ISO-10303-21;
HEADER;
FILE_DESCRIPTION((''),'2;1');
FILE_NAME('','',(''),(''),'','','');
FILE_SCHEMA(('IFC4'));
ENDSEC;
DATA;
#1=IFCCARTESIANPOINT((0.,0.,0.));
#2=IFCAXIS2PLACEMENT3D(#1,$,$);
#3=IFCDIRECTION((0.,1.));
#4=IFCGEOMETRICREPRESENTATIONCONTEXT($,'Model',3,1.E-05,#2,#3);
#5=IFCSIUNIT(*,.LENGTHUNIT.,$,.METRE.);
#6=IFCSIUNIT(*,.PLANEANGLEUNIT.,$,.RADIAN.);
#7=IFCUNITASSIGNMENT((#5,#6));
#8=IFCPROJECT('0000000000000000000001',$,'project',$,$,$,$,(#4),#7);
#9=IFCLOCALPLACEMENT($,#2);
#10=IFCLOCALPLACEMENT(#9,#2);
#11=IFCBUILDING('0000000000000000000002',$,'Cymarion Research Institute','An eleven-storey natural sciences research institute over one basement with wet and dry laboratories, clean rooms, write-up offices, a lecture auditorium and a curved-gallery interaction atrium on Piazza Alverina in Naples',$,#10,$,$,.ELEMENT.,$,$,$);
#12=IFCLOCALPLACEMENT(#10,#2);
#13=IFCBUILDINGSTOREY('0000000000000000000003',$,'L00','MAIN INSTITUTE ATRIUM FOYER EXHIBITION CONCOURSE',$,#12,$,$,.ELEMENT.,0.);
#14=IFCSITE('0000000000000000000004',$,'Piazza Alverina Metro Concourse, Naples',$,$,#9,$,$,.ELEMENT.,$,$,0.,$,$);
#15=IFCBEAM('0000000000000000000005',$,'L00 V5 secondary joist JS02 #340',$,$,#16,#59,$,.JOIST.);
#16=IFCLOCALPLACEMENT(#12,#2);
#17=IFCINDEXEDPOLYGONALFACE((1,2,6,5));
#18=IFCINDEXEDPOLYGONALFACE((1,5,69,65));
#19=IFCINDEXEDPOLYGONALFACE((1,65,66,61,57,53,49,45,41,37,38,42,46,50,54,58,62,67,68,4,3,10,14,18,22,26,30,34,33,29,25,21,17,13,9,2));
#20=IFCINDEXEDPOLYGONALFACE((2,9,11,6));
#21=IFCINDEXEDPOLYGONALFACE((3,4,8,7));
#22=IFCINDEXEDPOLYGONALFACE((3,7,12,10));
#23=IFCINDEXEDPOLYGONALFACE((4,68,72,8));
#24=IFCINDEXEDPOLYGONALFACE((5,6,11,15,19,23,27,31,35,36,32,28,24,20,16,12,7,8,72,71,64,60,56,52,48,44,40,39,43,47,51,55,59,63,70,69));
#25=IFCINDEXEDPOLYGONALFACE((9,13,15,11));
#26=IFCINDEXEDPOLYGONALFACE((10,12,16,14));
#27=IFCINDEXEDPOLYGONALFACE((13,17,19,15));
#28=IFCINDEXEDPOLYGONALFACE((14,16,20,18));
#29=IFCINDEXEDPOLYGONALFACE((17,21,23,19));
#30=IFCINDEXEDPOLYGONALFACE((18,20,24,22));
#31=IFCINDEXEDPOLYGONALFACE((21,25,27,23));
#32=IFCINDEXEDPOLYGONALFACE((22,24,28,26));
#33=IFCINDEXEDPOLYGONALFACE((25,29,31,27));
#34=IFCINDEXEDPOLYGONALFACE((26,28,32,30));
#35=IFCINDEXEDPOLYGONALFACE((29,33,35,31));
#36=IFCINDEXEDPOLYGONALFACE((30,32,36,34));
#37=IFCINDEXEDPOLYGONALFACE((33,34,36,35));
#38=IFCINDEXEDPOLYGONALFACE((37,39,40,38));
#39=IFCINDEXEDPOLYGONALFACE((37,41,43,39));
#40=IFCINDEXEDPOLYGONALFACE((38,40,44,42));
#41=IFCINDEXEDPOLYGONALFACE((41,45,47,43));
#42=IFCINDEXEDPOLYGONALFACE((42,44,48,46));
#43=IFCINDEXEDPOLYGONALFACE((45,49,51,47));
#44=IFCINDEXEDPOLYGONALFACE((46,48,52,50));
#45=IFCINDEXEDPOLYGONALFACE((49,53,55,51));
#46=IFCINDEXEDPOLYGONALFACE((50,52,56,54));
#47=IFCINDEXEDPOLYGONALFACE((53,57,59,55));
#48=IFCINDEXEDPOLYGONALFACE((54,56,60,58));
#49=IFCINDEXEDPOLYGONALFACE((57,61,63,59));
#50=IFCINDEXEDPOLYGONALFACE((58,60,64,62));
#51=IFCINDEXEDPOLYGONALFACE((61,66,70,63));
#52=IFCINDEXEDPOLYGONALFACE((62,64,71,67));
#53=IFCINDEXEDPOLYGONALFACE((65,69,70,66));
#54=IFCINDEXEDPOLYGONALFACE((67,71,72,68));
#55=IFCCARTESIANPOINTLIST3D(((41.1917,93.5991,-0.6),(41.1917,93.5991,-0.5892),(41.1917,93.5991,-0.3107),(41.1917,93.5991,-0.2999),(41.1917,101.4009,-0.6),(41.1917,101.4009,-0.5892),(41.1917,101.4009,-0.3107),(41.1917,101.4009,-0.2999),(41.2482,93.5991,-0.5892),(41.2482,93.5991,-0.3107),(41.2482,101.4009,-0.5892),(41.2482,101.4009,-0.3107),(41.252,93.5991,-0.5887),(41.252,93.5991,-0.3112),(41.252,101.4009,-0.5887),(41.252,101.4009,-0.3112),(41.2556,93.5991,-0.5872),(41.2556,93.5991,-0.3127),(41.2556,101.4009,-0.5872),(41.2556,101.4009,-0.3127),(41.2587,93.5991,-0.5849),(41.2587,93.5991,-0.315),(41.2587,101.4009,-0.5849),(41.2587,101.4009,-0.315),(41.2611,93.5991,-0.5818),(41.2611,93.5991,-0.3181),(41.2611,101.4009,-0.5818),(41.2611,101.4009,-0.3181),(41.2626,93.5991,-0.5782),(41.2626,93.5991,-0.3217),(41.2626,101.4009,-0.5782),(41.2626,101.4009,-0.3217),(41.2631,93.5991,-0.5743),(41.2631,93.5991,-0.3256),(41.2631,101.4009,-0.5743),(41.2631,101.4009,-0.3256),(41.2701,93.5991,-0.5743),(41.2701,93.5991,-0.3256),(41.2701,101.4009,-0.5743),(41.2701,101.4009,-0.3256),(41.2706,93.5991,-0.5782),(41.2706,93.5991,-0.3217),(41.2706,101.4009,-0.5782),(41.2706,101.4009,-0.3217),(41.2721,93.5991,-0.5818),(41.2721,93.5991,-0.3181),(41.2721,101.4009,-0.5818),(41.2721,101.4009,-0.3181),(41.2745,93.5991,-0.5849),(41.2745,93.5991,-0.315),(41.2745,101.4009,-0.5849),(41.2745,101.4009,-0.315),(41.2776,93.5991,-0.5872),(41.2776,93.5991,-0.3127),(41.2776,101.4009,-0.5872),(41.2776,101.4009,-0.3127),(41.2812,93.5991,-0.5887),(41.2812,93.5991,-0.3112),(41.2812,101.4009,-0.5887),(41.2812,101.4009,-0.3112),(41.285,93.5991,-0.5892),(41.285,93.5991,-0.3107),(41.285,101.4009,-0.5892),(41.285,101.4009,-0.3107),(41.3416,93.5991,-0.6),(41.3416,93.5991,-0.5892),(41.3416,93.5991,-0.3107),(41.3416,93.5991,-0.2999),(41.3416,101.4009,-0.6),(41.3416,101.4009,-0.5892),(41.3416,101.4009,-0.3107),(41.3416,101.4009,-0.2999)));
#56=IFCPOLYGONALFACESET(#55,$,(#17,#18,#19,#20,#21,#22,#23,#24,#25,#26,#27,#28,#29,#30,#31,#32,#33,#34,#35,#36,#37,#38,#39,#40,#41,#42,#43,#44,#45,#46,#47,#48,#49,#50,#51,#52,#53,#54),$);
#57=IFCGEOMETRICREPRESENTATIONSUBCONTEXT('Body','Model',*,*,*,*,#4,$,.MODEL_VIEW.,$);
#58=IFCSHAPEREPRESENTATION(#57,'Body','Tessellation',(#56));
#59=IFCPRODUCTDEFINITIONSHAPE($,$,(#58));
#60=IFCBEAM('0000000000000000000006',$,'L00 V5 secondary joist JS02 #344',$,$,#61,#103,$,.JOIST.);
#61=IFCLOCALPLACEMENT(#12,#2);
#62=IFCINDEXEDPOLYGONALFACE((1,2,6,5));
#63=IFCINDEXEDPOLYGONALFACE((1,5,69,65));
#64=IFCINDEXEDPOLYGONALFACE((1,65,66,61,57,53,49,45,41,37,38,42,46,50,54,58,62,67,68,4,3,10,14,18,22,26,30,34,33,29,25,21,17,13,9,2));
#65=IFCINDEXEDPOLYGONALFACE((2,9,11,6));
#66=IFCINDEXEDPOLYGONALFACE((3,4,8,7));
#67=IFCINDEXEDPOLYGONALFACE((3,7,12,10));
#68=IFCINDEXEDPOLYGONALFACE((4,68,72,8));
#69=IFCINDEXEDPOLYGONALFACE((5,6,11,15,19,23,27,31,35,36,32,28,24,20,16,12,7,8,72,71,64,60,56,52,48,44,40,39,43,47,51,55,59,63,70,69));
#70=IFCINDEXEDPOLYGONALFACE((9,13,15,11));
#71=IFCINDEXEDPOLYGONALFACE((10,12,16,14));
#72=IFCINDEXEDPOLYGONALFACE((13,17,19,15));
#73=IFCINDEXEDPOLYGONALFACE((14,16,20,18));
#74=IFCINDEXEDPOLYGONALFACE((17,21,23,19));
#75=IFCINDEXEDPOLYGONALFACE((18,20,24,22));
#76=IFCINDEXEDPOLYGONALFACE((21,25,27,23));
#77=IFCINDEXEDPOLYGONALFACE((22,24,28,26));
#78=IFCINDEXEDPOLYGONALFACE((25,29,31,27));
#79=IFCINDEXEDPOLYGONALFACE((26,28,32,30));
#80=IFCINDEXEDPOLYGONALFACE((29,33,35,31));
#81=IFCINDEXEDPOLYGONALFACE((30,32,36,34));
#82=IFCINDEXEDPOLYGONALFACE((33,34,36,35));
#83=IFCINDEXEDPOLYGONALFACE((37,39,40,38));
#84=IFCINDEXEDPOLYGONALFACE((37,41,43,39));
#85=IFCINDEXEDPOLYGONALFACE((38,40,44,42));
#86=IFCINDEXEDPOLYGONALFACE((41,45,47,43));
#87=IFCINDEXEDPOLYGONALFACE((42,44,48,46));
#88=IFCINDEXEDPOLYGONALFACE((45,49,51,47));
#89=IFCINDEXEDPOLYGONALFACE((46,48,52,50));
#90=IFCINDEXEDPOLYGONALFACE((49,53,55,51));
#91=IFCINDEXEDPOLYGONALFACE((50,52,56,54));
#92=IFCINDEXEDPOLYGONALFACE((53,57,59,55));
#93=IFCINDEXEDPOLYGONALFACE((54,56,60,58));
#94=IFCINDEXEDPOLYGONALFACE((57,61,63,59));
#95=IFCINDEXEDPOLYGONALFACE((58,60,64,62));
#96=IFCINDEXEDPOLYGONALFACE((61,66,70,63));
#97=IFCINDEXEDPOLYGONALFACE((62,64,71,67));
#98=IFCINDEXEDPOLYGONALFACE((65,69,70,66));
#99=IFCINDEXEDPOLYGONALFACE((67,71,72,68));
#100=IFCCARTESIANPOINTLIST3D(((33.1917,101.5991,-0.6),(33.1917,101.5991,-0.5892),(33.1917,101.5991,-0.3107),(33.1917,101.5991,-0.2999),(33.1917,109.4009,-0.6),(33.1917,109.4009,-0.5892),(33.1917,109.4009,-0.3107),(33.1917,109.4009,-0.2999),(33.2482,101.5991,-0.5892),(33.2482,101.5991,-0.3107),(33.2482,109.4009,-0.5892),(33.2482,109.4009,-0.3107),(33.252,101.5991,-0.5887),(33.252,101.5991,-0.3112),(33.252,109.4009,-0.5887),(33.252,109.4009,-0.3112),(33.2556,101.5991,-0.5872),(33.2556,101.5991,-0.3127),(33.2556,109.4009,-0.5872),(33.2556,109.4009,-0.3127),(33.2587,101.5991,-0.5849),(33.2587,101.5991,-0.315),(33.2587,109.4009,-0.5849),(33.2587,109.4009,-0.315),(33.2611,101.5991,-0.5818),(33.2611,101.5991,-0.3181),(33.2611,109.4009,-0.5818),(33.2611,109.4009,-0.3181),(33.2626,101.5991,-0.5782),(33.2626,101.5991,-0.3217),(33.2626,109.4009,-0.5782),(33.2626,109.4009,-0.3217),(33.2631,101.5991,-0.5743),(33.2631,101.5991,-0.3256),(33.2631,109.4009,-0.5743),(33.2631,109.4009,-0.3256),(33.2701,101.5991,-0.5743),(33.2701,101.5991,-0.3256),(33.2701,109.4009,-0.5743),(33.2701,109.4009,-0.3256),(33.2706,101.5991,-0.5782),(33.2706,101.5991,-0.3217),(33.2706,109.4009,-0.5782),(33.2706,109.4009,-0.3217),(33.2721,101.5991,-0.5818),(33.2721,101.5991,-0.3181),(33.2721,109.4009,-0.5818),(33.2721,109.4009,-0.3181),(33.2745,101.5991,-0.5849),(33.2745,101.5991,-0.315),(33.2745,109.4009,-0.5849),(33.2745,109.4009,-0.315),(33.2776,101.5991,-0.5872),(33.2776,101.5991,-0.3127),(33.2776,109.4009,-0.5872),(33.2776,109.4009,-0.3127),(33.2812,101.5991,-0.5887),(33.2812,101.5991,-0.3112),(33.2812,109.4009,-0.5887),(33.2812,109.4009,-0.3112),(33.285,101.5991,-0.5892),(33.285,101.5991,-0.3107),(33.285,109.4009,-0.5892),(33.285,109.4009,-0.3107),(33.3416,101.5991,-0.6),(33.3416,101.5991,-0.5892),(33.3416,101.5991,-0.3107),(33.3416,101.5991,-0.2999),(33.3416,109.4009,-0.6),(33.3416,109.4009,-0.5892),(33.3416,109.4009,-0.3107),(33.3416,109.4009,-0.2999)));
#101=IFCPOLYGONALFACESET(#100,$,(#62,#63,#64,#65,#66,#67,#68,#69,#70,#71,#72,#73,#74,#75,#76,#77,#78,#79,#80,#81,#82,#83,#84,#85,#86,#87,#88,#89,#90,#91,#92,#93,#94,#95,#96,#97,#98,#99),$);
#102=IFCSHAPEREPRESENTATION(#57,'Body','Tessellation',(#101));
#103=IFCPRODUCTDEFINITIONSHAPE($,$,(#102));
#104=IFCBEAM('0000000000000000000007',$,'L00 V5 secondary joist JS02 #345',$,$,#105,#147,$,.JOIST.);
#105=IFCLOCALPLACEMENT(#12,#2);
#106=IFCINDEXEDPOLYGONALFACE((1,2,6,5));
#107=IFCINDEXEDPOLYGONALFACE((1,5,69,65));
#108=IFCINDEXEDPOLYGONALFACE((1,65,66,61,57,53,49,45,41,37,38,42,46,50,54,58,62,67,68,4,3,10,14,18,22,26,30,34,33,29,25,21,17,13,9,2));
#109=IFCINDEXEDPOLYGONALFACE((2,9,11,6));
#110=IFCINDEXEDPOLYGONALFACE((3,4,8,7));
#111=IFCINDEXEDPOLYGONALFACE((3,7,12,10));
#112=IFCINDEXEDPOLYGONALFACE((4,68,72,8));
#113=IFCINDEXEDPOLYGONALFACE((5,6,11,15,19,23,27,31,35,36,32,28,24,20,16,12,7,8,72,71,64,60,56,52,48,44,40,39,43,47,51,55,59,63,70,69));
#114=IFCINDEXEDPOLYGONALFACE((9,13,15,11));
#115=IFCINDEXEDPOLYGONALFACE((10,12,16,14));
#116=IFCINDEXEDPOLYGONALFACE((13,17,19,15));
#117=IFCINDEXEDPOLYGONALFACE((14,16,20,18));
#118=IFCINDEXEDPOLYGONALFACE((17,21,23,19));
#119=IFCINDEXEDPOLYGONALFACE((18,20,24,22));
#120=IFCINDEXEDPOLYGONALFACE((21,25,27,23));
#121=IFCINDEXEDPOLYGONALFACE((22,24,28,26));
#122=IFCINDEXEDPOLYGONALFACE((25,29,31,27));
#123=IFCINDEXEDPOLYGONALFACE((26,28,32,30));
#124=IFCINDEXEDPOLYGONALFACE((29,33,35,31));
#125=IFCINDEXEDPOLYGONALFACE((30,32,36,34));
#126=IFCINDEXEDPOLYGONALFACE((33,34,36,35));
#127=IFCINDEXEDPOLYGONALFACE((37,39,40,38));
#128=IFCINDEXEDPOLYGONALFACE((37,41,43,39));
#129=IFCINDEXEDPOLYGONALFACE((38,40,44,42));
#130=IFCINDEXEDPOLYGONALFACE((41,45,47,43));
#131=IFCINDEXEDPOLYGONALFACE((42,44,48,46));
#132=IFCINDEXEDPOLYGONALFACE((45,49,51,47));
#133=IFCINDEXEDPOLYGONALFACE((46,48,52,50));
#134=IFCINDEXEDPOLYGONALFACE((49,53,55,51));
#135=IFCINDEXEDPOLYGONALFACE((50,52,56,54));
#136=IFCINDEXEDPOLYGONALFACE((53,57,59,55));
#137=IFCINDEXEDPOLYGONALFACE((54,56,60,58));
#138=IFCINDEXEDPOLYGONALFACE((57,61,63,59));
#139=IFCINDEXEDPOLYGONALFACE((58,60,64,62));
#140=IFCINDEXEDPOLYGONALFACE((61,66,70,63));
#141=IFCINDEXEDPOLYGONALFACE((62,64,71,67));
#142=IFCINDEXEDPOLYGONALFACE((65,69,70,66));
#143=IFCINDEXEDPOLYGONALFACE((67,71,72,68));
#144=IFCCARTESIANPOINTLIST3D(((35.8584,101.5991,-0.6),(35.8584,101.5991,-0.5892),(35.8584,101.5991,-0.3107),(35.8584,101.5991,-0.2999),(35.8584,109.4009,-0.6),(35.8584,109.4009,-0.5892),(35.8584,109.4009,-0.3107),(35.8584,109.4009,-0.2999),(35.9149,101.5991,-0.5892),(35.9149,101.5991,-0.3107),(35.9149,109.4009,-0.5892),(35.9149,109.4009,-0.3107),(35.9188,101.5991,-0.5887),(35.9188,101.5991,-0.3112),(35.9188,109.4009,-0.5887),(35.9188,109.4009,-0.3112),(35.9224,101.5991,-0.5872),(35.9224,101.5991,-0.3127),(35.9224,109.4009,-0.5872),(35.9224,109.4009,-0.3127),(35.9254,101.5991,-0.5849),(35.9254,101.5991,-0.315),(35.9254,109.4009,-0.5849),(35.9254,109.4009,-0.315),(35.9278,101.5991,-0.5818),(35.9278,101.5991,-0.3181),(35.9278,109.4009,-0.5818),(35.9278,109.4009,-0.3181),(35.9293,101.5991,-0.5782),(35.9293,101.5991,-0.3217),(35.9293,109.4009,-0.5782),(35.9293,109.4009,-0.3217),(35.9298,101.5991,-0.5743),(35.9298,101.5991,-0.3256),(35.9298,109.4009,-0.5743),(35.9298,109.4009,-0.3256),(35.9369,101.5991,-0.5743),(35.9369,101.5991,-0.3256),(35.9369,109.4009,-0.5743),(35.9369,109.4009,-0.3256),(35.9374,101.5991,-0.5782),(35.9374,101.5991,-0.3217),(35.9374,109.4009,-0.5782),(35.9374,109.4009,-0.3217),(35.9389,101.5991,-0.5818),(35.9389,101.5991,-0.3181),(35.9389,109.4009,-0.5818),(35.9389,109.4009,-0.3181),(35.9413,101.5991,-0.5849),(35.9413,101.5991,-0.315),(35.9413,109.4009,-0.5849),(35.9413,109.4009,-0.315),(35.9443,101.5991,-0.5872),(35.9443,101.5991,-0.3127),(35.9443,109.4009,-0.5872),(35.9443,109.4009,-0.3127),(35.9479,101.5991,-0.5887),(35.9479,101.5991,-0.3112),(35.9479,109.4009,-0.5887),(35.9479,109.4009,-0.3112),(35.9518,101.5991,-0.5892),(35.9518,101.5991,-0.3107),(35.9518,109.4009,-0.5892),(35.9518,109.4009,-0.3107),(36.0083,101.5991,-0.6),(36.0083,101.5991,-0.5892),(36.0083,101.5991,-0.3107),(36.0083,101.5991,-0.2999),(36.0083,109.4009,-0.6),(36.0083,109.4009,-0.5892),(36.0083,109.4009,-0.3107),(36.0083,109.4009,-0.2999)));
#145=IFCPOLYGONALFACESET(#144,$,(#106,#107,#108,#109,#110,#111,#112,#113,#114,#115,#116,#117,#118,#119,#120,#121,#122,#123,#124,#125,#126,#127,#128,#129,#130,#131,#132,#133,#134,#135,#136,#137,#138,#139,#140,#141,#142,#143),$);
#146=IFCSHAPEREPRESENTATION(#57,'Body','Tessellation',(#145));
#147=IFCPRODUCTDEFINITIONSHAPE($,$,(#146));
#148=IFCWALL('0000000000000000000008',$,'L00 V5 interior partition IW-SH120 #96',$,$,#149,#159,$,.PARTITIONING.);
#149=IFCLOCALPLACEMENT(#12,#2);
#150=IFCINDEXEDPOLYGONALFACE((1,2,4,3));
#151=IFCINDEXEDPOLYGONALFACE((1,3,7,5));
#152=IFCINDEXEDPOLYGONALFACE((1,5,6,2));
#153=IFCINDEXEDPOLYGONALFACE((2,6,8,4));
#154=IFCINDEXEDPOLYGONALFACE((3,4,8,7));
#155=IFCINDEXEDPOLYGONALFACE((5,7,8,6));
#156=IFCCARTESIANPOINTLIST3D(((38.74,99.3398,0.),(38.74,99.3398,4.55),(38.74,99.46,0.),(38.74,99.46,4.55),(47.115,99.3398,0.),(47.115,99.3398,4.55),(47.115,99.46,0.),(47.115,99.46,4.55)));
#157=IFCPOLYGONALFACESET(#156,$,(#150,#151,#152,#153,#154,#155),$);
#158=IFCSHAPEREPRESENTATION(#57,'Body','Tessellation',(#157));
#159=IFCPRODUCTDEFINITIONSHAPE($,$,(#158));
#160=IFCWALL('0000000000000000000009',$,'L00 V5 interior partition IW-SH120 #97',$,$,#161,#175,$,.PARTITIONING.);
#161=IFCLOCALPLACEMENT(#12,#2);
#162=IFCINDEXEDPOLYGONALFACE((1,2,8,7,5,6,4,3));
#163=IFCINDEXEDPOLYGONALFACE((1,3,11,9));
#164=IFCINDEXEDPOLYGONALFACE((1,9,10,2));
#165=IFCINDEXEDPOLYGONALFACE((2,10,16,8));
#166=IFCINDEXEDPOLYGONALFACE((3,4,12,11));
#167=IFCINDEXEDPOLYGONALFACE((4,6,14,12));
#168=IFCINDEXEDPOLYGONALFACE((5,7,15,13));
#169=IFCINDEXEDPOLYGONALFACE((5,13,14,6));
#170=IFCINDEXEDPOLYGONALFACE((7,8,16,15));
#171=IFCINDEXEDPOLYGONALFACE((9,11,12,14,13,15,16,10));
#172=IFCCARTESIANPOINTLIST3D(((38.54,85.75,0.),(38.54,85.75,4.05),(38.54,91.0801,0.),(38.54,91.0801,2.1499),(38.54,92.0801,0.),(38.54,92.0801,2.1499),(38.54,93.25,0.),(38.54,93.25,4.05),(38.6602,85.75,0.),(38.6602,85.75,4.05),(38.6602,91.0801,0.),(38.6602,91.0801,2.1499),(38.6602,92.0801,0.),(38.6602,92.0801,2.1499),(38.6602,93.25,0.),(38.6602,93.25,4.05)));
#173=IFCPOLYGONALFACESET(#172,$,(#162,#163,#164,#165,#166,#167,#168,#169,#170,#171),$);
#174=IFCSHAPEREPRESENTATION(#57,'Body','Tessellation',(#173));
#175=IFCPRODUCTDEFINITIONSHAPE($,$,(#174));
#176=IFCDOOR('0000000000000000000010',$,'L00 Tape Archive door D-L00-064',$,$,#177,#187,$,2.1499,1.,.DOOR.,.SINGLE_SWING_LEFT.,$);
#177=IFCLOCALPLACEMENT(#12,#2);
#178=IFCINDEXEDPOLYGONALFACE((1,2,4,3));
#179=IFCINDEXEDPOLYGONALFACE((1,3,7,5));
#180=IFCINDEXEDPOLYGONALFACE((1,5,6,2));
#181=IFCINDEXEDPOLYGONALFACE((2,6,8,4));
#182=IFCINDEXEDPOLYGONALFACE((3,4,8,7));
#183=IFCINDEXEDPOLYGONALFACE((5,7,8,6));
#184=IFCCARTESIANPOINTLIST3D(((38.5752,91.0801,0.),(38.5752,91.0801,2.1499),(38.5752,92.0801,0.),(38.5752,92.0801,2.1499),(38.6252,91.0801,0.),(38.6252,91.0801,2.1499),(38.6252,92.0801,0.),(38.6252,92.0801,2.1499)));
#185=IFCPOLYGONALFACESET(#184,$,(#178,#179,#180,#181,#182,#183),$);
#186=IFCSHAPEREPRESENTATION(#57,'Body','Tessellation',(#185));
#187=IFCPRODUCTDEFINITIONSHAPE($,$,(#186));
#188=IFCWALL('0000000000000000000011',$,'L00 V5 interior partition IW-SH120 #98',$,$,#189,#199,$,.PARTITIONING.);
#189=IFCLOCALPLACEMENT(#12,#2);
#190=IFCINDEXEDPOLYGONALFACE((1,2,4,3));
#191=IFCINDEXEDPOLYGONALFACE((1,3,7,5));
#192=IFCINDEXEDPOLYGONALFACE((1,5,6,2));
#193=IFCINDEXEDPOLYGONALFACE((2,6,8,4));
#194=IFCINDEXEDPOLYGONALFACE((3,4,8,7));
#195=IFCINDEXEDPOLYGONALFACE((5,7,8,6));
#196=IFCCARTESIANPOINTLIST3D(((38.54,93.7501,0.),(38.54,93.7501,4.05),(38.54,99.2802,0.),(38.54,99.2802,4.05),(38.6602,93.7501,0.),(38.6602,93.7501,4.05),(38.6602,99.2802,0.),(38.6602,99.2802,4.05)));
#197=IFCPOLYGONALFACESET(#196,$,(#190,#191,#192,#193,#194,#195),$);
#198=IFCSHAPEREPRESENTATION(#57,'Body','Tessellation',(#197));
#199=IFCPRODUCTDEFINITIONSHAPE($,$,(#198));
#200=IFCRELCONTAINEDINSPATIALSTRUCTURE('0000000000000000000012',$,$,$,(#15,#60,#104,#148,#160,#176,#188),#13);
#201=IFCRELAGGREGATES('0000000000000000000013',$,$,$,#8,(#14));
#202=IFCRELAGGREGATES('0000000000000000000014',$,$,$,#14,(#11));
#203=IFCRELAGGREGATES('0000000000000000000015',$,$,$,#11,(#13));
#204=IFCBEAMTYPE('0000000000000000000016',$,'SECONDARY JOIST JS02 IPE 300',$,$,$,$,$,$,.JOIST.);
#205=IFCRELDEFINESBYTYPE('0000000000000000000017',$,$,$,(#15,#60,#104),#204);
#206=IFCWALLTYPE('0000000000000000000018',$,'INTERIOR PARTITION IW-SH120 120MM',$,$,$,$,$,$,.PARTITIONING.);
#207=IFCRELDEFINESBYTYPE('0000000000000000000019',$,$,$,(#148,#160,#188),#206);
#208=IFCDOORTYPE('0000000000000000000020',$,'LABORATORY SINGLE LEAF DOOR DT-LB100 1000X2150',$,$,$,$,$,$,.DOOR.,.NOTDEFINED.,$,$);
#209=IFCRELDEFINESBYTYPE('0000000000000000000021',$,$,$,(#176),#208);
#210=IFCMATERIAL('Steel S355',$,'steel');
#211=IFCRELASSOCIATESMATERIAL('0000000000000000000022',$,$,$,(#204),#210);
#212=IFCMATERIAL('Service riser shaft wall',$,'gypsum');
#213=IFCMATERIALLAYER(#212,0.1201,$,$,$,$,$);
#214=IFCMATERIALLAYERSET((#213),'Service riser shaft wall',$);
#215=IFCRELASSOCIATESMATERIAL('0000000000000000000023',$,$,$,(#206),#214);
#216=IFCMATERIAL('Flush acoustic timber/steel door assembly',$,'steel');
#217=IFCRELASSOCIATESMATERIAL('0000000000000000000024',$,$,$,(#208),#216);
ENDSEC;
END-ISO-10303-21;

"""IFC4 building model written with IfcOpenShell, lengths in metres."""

from ifc_helpers import new_model, si_unit, direction, frame, frame_2d, origin, origin_2d, place, context, subcontext, project, spatial, rectangle, i_section, extrude, material, layer, layer_set, material_profile, profile_set, type_object, element, fill, save


model = new_model("IFC4")

# Units and contexts
model_context = context("Model", 3, precision=1e-05, world=origin(), true_north=direction((0.0, 1.0)))
body_context = subcontext(model_context, "Body", "Model", "MODEL_VIEW")
ifc_project = project(units=[si_unit("LENGTHUNIT", "METRE"), si_unit("PLANEANGLEUNIT", "RADIAN")], contexts=[model_context])

# Site, building, storey
site_placement = place(None, origin())
site = spatial("IfcSite", under=ifc_project, at=site_placement, Name="Piazza Alverina Metro Concourse, Naples", CompositionType="ELEMENT", RefElevation=0.0)
building_placement = place(site_placement, origin())
building = spatial("IfcBuilding", under=site, at=building_placement, Name="Cymarion Research Institute", Description="An eleven-storey natural sciences research institute over one basement with wet and dry laboratories, clean rooms, write-up offices, a lecture auditorium and a curved-gallery interaction atrium on Piazza Alverina in Naples", CompositionType="ELEMENT")
storey_placement = place(building_placement, origin())
storey = spatial("IfcBuildingStorey", under=building, at=storey_placement, Name="L00", Description="MAIN INSTITUTE ATRIUM FOYER EXHIBITION CONCOURSE", CompositionType="ELEMENT", Elevation=0.0)

# Shared definitions
ifc_material_1 = material(Name="Steel S355", Category="steel")

# Beams
ifc_material_profile_1 = material_profile(ifc_material_1, i_section(OverallWidth=0.1499, OverallDepth=0.3, WebThickness=0.0071, FlangeThickness=0.0107, FilletRadius=0.0149, at=origin_2d()), Name="IPE 300")
ifc_profile_set_1 = profile_set([ifc_material_profile_1], Name="Steel S355")
beam_type_1 = type_object("IfcBeamType", Name="SECONDARY JOIST JS02 IPE 300", PredefinedType="JOIST", material=ifc_profile_set_1)
for number, where, z_axis, x_axis, name in (
    (1, (41.2666, 93.5991, -0.45), (0.0, 1.0, 0.0), (-1.0, 0.0, 0.0), "L00 V5 secondary joist JS02 #340"),
    (2, (33.2666, 101.5991, -0.45), (0.0, 1.0, 0.0), (-1.0, 0.0, 0.0), "L00 V5 secondary joist JS02 #344"),
    (3, (35.9333, 101.5991, -0.45), (0.0, 1.0, 0.0), (-1.0, 0.0, 0.0), "L00 V5 secondary joist JS02 #345"),
):
    element("IfcBeam", number, at=place(storey_placement, frame(where, z_axis=z_axis, x_axis=x_axis)), inside=storey, type_object=beam_type_1, Name=name, PredefinedType="JOIST", context=body_context, shape_type="SweptSolid", body=[
        extrude(i_section(OverallWidth=0.1499, OverallDepth=0.3, WebThickness=0.0071, FlangeThickness=0.0107, FilletRadius=0.0149, at=origin_2d()), origin(), (0.0, 0.0, 1.0), 7.8018),
    ])

# Wall
ifc_material_2 = material(Name="Service riser shaft wall", Category="gypsum")
ifc_layer = layer(ifc_material_2, 0.1201)
ifc_layer_set = layer_set([ifc_layer], Name="Service riser shaft wall")
wall_type = type_object("IfcWallType", Name="INTERIOR PARTITION IW-SH120 120MM", PredefinedType="PARTITIONING", material=ifc_layer_set)
wall_1_placement = place(storey_placement, frame((38.74, 99.3999, 0.0), z_axis=(0.0, 0.0, 1.0), x_axis=(1.0, 0.0, 0.0)))
element("IfcWall", 4, at=wall_1_placement, inside=storey, type_object=wall_type, Name="L00 V5 interior partition IW-SH120 #96", PredefinedType="PARTITIONING", context=body_context, shape_type="SweptSolid", body=[
    extrude(rectangle(XDim=8.375, YDim=0.1201, at=frame_2d((4.1875, 0.0))), origin(), (0.0, 0.0, 1.0), 4.55),
])

# Wall, opening, door
wall_2_placement = place(storey_placement, frame((38.6001, 85.75, 0.0), z_axis=(0.0, 0.0, 1.0), x_axis=(0.0, 1.0, 0.0)))
wall_2 = element("IfcWall", 5, at=wall_2_placement, inside=storey, type_object=wall_type, Name="L00 V5 interior partition IW-SH120 #97", PredefinedType="PARTITIONING", context=body_context, shape_type="SweptSolid", body=[
    extrude(rectangle(XDim=7.5, YDim=0.1201, at=frame_2d((3.75, 0.0))), origin(), (0.0, 0.0, 1.0), 4.05),
])
opening_placement = place(wall_2_placement, frame((5.3301, 0.0, 0.0)))
opening = element("IfcOpeningElement", 6, at=opening_placement, cuts=wall_2, PredefinedType="OPENING", context=body_context, shape_type="SweptSolid", body=[
    extrude(rectangle(XDim=1.0, YDim=2.1499, at=frame_2d((0.5, 1.075))), frame((0.0, 0.0701, 0.0), z_axis=(0.0, -1.0, 0.0), x_axis=(1.0, 0.0, 0.0)), (0.0, 0.0, 1.0), 0.1401),
])
ifc_material_3 = material(Name="Flush acoustic timber/steel door assembly", Category="steel")
door_type = type_object("IfcDoorType", Name="LABORATORY SINGLE LEAF DOOR DT-LB100 1000X2150", OperationType="NOTDEFINED", PredefinedType="DOOR", material=ifc_material_3)
door_placement = place(opening_placement, origin())
door = element("IfcDoor", 7, at=door_placement, inside=storey, type_object=door_type, Name="L00 Tape Archive door D-L00-064", OperationType="SINGLE_SWING_LEFT", OverallHeight=2.1499, OverallWidth=1.0, PredefinedType="DOOR", context=body_context, shape_type="SweptSolid", body=[
    extrude(rectangle(XDim=1.0, YDim=2.1499, at=frame_2d((0.5, 1.075))), frame((0.0, 0.0249, 0.0), z_axis=(0.0, -1.0, 0.0), x_axis=(1.0, 0.0, 0.0)), (0.0, 0.0, 1.0), 0.05),
])
fill(opening, door)

# Wall
wall_3_placement = place(storey_placement, frame((38.6001, 93.75, 0.0), z_axis=(0.0, 0.0, 1.0), x_axis=(0.0, 1.0, 0.0)))
element("IfcWall", 8, at=wall_3_placement, inside=storey, type_object=wall_type, Name="L00 V5 interior partition IW-SH120 #98", PredefinedType="PARTITIONING", context=body_context, shape_type="SweptSolid", body=[
    extrude(rectangle(XDim=5.53, YDim=0.1201, at=frame_2d((2.7651, 0.0))), origin(), (0.0, 0.0, 1.0), 4.05),
])

save(model, "model.ifc")
